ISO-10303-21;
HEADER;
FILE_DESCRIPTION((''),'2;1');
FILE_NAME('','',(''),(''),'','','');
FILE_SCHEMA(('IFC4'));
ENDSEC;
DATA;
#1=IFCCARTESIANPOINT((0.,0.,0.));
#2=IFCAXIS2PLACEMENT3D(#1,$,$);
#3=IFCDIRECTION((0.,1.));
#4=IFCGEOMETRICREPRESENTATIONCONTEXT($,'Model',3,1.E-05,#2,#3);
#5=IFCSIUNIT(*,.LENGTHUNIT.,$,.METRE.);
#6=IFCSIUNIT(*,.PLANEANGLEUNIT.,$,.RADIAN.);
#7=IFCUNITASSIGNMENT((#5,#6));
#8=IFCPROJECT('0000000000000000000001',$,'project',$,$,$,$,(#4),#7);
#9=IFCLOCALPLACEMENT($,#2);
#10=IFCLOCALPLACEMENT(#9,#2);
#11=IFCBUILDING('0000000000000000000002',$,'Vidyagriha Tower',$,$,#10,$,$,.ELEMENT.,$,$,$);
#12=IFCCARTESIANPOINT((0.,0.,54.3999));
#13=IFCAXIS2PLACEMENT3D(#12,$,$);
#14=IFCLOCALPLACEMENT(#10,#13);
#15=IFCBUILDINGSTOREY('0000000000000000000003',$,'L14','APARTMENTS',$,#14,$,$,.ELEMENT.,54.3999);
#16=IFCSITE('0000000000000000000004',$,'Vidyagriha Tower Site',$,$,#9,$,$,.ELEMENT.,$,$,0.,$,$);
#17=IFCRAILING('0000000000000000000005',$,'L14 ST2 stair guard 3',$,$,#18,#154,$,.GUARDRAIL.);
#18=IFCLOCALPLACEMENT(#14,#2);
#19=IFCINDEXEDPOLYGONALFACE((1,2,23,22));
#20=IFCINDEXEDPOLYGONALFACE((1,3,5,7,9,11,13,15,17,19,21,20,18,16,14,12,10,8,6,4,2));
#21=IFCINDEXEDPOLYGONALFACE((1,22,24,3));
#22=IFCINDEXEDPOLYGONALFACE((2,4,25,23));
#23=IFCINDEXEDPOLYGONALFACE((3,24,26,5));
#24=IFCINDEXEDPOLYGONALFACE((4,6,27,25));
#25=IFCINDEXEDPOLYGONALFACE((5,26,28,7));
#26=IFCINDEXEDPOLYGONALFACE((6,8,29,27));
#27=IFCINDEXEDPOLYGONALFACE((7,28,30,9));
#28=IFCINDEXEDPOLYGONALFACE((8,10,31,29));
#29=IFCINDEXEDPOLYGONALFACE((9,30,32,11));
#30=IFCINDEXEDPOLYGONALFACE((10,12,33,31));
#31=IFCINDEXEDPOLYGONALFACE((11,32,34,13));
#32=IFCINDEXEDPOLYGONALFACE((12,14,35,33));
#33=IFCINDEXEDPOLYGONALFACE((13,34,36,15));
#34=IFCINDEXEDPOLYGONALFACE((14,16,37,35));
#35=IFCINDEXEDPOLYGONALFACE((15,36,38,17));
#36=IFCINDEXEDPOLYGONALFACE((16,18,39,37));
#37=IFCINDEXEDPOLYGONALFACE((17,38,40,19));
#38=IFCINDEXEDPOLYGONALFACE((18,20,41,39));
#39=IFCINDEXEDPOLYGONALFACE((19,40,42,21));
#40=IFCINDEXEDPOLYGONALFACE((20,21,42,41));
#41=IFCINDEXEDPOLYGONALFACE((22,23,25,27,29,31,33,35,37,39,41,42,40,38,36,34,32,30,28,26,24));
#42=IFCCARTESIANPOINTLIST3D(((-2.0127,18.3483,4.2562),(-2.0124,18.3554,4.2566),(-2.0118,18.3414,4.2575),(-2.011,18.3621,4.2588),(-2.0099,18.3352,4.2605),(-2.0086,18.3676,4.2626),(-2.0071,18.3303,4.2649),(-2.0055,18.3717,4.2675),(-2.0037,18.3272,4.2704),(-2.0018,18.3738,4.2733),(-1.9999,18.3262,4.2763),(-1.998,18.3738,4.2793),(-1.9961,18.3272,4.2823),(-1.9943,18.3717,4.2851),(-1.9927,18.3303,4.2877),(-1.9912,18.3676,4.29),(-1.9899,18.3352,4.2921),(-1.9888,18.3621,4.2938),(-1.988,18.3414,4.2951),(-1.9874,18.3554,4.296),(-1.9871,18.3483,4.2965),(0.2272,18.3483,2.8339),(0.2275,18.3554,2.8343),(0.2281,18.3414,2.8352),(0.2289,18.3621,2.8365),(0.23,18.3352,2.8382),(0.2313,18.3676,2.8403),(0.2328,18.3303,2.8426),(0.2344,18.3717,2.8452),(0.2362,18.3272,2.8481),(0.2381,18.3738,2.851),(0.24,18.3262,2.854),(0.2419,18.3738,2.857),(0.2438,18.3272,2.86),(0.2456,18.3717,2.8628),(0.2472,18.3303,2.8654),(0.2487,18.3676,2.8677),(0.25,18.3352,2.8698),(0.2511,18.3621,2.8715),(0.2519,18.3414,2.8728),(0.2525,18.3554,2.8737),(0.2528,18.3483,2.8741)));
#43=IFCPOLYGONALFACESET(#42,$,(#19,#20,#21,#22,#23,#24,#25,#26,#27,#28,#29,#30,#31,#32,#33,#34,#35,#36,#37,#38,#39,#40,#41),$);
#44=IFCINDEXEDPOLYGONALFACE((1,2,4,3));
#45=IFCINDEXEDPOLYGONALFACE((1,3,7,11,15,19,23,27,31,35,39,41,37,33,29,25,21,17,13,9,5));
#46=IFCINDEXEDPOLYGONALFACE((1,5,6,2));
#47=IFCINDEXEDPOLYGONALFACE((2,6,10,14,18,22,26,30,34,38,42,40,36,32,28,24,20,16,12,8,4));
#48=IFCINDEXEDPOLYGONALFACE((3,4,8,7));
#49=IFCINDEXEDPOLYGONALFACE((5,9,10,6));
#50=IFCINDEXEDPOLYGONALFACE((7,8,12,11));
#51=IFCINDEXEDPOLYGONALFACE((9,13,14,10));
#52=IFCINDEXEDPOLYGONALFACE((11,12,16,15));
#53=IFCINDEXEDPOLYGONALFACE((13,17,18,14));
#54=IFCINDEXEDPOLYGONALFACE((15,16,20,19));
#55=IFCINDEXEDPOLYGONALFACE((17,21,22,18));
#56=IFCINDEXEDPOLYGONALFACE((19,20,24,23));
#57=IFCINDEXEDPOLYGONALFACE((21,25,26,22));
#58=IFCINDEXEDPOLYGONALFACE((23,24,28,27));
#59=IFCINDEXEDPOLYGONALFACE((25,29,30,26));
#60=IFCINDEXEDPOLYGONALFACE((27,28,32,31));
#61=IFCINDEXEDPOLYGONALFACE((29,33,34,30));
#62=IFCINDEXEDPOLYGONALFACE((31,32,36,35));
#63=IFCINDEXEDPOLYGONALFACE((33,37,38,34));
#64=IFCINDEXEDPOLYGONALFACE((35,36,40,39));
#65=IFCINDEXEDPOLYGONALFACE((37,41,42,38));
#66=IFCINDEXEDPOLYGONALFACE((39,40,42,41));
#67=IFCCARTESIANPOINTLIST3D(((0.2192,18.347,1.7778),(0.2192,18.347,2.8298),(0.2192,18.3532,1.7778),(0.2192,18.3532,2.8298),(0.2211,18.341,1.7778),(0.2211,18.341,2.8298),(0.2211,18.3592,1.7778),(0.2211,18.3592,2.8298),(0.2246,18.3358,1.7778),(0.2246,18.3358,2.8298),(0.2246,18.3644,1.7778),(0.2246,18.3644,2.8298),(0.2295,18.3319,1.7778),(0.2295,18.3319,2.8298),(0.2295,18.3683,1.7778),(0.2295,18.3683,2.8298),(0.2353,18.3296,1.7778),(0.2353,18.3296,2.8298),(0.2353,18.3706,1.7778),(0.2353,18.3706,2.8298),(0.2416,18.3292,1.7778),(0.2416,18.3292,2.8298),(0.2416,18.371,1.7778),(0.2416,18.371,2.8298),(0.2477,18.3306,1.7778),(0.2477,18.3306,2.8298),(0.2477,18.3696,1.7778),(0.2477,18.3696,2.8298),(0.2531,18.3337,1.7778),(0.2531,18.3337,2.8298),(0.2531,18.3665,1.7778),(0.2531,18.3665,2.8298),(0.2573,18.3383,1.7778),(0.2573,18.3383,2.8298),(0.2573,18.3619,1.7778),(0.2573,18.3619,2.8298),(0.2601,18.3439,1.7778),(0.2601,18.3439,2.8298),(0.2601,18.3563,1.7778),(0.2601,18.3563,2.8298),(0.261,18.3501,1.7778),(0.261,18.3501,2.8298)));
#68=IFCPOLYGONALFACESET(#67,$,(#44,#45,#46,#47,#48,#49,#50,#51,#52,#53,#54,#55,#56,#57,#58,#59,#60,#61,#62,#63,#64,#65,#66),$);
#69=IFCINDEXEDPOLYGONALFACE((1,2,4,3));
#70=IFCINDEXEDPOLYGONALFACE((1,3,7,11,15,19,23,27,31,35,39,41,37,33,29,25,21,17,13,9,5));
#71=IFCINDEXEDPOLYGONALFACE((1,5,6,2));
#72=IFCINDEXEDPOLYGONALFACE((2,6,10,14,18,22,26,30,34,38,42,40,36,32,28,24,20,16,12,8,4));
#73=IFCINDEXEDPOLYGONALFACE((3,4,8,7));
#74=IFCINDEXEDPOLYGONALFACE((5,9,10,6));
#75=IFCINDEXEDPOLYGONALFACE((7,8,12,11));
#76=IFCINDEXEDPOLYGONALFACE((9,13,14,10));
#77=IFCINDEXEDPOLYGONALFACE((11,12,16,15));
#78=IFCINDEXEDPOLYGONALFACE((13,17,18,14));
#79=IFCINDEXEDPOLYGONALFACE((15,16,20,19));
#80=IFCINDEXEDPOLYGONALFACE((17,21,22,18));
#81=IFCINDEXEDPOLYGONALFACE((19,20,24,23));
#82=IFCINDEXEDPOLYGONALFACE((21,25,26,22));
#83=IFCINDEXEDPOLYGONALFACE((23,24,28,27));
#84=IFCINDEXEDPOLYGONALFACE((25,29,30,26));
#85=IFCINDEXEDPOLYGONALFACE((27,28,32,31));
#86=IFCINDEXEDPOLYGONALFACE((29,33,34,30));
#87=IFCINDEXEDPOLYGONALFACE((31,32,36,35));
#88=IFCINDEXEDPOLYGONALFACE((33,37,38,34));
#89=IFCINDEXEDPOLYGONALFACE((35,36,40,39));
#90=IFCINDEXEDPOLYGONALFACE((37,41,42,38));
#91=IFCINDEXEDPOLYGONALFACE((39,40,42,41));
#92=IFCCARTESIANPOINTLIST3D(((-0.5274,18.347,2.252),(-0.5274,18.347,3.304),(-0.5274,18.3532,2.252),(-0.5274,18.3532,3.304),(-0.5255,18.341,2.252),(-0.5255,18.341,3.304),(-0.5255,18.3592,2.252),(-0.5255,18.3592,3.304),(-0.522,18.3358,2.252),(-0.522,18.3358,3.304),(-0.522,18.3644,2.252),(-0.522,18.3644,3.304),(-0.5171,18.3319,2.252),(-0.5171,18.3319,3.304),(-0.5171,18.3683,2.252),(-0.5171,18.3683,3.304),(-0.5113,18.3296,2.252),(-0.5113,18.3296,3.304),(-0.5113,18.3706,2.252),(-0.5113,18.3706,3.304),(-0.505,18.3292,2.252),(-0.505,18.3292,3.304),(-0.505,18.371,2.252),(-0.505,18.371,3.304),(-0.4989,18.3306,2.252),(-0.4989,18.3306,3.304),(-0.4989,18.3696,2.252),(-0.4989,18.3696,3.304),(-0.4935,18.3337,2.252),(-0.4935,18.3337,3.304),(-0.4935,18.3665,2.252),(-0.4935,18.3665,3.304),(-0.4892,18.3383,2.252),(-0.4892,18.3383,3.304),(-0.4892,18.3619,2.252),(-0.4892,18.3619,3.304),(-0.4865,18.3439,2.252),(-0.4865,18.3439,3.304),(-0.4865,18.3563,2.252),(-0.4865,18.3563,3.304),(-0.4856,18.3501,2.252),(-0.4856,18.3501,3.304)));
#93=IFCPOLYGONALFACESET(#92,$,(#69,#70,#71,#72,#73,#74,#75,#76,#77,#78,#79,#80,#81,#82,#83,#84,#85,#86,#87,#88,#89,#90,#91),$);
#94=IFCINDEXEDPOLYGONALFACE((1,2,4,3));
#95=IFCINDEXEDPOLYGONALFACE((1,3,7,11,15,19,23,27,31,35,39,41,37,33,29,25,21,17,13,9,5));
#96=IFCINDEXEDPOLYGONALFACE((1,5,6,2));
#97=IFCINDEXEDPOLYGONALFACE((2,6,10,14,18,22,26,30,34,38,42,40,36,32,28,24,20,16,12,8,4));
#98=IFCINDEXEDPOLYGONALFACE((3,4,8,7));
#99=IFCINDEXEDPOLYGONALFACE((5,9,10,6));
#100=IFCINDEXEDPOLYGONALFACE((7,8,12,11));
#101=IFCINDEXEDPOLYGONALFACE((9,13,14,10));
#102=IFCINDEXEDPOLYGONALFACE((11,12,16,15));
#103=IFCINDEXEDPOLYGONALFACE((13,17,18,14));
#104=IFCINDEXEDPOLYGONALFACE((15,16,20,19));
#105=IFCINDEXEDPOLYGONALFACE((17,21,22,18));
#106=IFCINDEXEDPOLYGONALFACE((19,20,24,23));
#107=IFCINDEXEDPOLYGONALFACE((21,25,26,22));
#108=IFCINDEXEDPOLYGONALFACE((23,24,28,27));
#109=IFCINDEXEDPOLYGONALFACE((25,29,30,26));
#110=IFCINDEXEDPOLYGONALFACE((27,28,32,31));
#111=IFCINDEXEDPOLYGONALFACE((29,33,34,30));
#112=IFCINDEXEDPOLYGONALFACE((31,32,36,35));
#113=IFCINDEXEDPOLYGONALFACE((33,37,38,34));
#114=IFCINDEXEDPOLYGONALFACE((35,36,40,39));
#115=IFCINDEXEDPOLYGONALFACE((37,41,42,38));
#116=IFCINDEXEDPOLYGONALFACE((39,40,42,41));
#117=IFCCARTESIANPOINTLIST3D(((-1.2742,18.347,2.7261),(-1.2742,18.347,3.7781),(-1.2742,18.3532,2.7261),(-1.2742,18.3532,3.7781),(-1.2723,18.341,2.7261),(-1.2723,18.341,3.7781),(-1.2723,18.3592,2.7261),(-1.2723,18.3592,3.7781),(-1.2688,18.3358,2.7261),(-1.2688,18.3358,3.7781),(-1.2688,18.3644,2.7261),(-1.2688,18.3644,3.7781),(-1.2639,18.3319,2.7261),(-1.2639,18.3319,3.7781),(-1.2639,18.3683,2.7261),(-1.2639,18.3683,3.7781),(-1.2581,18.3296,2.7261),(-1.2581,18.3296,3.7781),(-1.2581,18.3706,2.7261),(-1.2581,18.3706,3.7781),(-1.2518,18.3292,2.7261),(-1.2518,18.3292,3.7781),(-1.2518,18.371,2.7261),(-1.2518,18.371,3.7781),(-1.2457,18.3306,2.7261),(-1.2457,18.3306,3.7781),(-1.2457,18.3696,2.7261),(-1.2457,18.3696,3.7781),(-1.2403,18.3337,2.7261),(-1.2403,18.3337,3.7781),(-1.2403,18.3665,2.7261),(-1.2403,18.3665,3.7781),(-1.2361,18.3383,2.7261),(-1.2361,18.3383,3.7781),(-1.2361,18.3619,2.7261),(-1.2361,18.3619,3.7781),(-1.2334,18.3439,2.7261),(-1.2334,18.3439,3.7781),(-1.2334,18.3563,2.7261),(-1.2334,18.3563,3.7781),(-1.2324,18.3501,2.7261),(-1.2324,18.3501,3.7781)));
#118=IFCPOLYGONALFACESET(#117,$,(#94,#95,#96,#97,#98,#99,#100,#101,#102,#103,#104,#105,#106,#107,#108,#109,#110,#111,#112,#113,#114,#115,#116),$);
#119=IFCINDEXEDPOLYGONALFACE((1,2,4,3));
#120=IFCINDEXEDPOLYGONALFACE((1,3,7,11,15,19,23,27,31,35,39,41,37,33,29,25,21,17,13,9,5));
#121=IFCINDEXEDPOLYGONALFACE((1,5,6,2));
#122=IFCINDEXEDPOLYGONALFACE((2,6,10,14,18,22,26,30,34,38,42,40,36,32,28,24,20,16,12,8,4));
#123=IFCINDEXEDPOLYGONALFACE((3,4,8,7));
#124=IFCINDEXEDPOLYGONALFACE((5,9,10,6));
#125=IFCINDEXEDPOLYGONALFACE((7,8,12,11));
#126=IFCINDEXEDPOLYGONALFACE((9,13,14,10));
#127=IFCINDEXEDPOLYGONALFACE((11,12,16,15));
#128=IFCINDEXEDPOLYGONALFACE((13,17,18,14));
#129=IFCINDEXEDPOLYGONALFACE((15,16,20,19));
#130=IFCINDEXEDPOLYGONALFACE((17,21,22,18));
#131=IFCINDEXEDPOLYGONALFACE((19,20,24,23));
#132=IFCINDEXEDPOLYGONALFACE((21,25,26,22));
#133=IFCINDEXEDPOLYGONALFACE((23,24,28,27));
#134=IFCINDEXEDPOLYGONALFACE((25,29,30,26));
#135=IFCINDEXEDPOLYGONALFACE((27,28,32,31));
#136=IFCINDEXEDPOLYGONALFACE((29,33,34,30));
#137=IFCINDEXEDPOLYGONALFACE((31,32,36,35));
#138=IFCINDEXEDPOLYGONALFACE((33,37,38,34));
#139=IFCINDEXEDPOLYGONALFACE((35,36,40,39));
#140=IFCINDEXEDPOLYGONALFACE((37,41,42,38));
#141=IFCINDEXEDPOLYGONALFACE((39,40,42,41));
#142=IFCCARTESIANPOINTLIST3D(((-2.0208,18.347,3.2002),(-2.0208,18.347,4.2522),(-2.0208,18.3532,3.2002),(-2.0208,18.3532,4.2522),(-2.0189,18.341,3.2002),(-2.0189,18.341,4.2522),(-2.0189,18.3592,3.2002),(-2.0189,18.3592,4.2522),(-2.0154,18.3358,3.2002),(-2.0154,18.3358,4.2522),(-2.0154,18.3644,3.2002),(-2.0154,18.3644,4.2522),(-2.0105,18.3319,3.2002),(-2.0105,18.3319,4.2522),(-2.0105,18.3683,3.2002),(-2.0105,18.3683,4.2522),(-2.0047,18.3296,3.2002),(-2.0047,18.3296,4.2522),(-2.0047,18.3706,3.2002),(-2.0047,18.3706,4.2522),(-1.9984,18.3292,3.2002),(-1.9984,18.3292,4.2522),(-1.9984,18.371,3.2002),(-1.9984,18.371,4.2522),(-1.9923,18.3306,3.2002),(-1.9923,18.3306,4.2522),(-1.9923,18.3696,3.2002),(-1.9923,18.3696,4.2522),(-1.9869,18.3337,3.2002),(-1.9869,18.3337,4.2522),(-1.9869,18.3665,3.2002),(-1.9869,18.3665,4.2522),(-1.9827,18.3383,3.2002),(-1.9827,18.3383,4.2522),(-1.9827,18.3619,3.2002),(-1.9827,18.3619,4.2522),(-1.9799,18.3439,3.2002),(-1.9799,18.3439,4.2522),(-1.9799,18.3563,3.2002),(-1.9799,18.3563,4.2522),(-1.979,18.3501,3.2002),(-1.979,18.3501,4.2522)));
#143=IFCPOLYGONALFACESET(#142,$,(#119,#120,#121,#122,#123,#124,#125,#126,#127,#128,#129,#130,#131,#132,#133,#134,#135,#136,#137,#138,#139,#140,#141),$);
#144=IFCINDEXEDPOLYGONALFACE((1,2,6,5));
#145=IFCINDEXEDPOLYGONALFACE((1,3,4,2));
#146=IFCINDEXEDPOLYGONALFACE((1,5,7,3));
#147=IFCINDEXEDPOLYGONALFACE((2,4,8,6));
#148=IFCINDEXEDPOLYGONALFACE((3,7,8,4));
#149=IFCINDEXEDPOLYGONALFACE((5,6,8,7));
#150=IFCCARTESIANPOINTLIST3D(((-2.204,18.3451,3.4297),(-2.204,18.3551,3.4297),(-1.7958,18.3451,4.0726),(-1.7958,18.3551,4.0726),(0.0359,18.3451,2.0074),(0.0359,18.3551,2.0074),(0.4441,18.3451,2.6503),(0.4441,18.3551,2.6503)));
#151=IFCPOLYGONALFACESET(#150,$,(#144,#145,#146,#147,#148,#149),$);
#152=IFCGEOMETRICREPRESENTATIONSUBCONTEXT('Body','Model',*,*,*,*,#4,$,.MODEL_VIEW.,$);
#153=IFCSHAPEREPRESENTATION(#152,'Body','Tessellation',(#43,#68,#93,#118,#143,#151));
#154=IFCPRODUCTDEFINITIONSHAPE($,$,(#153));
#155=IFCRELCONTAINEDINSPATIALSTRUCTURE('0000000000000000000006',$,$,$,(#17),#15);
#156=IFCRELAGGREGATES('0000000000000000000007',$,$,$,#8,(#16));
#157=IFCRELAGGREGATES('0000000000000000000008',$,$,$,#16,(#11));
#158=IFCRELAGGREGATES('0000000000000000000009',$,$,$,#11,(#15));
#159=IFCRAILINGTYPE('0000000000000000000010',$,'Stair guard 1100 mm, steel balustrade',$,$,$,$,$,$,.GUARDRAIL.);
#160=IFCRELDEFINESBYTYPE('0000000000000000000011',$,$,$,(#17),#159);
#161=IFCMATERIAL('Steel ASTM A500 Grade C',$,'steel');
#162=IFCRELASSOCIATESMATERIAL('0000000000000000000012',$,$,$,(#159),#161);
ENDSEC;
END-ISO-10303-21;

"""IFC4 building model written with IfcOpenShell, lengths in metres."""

from ifc_helpers import new_model, si_unit, direction, frame, origin, origin_2d, place, context, subcontext, project, spatial, rectangle, circle, extrude, material, type_object, element, save


model = new_model("IFC4")

# Units and contexts
model_context = context("Model", 3, precision=1e-05, world=origin(), true_north=direction((0.0, 1.0)))
body_context = subcontext(model_context, "Body", "Model", "MODEL_VIEW")
ifc_project = project(units=[si_unit("LENGTHUNIT", "METRE"), si_unit("PLANEANGLEUNIT", "RADIAN")], contexts=[model_context])

# Site, building, storey
site_placement = place(None, origin())
site = spatial("IfcSite", under=ifc_project, at=site_placement, Name="Vidyagriha Tower Site", CompositionType="ELEMENT", RefElevation=0.0)
building_placement = place(site_placement, origin())
building = spatial("IfcBuilding", under=site, at=building_placement, Name="Vidyagriha Tower", CompositionType="ELEMENT")
storey_placement = place(building_placement, frame((0.0, 0.0, 54.3999)))
storey = spatial("IfcBuildingStorey", under=building, at=storey_placement, Name="L14", Description="APARTMENTS", CompositionType="ELEMENT", Elevation=54.3999)

# Railing
ifc_material_1 = material(Name="Steel ASTM A500 Grade C", Category="steel")
railing_type_1 = type_object("IfcRailingType", Name="Stair guard 1100 mm, steel balustrade", PredefinedType="GUARDRAIL", material=ifc_material_1)
railing_1_placement = place(storey_placement, frame((0.24, 18.3501, 1.7778)))
element("IfcRailing", 1, at=railing_1_placement, inside=storey, type_object=railing_type_1, Name="L14 ST2 stair guard 3", PredefinedType="GUARDRAIL", context=body_context, shape_type="SweptSolid", body=[
    extrude(circle(Radius=0.0239, at=origin_2d()), frame((0.0, 0.0, 1.0762), z_axis=(-0.844188, 0.0, 0.536048), x_axis=(0.0, -1.0, 0.0)), (0.0, 0.0, 1.0), 2.6533),
    extrude(circle(Radius=0.021, at=origin_2d()), origin(), (0.0, 0.0, 1.0), 1.052),
    extrude(circle(Radius=0.021, at=origin_2d()), frame((-0.7466, 0.0, 0.4741)), (0.0, 0.0, 1.0), 1.052),
    extrude(circle(Radius=0.021, at=origin_2d()), frame((-1.4934, 0.0, 0.9482)), (0.0, 0.0, 1.0), 1.052),
    extrude(circle(Radius=0.021, at=origin_2d()), frame((-2.24, 0.0, 1.4224)), (0.0, 0.0, 1.0), 1.052),
    extrude(rectangle(XDim=0.01, YDim=0.7615, at=origin_2d()), frame((0.0, 0.0, 0.551), z_axis=(-0.844188, 0.0, 0.536048), x_axis=(0.0, -1.0, 0.0)), (0.0, 0.0, 1.0), 2.6533),
])

save(model, "model.ifc")
